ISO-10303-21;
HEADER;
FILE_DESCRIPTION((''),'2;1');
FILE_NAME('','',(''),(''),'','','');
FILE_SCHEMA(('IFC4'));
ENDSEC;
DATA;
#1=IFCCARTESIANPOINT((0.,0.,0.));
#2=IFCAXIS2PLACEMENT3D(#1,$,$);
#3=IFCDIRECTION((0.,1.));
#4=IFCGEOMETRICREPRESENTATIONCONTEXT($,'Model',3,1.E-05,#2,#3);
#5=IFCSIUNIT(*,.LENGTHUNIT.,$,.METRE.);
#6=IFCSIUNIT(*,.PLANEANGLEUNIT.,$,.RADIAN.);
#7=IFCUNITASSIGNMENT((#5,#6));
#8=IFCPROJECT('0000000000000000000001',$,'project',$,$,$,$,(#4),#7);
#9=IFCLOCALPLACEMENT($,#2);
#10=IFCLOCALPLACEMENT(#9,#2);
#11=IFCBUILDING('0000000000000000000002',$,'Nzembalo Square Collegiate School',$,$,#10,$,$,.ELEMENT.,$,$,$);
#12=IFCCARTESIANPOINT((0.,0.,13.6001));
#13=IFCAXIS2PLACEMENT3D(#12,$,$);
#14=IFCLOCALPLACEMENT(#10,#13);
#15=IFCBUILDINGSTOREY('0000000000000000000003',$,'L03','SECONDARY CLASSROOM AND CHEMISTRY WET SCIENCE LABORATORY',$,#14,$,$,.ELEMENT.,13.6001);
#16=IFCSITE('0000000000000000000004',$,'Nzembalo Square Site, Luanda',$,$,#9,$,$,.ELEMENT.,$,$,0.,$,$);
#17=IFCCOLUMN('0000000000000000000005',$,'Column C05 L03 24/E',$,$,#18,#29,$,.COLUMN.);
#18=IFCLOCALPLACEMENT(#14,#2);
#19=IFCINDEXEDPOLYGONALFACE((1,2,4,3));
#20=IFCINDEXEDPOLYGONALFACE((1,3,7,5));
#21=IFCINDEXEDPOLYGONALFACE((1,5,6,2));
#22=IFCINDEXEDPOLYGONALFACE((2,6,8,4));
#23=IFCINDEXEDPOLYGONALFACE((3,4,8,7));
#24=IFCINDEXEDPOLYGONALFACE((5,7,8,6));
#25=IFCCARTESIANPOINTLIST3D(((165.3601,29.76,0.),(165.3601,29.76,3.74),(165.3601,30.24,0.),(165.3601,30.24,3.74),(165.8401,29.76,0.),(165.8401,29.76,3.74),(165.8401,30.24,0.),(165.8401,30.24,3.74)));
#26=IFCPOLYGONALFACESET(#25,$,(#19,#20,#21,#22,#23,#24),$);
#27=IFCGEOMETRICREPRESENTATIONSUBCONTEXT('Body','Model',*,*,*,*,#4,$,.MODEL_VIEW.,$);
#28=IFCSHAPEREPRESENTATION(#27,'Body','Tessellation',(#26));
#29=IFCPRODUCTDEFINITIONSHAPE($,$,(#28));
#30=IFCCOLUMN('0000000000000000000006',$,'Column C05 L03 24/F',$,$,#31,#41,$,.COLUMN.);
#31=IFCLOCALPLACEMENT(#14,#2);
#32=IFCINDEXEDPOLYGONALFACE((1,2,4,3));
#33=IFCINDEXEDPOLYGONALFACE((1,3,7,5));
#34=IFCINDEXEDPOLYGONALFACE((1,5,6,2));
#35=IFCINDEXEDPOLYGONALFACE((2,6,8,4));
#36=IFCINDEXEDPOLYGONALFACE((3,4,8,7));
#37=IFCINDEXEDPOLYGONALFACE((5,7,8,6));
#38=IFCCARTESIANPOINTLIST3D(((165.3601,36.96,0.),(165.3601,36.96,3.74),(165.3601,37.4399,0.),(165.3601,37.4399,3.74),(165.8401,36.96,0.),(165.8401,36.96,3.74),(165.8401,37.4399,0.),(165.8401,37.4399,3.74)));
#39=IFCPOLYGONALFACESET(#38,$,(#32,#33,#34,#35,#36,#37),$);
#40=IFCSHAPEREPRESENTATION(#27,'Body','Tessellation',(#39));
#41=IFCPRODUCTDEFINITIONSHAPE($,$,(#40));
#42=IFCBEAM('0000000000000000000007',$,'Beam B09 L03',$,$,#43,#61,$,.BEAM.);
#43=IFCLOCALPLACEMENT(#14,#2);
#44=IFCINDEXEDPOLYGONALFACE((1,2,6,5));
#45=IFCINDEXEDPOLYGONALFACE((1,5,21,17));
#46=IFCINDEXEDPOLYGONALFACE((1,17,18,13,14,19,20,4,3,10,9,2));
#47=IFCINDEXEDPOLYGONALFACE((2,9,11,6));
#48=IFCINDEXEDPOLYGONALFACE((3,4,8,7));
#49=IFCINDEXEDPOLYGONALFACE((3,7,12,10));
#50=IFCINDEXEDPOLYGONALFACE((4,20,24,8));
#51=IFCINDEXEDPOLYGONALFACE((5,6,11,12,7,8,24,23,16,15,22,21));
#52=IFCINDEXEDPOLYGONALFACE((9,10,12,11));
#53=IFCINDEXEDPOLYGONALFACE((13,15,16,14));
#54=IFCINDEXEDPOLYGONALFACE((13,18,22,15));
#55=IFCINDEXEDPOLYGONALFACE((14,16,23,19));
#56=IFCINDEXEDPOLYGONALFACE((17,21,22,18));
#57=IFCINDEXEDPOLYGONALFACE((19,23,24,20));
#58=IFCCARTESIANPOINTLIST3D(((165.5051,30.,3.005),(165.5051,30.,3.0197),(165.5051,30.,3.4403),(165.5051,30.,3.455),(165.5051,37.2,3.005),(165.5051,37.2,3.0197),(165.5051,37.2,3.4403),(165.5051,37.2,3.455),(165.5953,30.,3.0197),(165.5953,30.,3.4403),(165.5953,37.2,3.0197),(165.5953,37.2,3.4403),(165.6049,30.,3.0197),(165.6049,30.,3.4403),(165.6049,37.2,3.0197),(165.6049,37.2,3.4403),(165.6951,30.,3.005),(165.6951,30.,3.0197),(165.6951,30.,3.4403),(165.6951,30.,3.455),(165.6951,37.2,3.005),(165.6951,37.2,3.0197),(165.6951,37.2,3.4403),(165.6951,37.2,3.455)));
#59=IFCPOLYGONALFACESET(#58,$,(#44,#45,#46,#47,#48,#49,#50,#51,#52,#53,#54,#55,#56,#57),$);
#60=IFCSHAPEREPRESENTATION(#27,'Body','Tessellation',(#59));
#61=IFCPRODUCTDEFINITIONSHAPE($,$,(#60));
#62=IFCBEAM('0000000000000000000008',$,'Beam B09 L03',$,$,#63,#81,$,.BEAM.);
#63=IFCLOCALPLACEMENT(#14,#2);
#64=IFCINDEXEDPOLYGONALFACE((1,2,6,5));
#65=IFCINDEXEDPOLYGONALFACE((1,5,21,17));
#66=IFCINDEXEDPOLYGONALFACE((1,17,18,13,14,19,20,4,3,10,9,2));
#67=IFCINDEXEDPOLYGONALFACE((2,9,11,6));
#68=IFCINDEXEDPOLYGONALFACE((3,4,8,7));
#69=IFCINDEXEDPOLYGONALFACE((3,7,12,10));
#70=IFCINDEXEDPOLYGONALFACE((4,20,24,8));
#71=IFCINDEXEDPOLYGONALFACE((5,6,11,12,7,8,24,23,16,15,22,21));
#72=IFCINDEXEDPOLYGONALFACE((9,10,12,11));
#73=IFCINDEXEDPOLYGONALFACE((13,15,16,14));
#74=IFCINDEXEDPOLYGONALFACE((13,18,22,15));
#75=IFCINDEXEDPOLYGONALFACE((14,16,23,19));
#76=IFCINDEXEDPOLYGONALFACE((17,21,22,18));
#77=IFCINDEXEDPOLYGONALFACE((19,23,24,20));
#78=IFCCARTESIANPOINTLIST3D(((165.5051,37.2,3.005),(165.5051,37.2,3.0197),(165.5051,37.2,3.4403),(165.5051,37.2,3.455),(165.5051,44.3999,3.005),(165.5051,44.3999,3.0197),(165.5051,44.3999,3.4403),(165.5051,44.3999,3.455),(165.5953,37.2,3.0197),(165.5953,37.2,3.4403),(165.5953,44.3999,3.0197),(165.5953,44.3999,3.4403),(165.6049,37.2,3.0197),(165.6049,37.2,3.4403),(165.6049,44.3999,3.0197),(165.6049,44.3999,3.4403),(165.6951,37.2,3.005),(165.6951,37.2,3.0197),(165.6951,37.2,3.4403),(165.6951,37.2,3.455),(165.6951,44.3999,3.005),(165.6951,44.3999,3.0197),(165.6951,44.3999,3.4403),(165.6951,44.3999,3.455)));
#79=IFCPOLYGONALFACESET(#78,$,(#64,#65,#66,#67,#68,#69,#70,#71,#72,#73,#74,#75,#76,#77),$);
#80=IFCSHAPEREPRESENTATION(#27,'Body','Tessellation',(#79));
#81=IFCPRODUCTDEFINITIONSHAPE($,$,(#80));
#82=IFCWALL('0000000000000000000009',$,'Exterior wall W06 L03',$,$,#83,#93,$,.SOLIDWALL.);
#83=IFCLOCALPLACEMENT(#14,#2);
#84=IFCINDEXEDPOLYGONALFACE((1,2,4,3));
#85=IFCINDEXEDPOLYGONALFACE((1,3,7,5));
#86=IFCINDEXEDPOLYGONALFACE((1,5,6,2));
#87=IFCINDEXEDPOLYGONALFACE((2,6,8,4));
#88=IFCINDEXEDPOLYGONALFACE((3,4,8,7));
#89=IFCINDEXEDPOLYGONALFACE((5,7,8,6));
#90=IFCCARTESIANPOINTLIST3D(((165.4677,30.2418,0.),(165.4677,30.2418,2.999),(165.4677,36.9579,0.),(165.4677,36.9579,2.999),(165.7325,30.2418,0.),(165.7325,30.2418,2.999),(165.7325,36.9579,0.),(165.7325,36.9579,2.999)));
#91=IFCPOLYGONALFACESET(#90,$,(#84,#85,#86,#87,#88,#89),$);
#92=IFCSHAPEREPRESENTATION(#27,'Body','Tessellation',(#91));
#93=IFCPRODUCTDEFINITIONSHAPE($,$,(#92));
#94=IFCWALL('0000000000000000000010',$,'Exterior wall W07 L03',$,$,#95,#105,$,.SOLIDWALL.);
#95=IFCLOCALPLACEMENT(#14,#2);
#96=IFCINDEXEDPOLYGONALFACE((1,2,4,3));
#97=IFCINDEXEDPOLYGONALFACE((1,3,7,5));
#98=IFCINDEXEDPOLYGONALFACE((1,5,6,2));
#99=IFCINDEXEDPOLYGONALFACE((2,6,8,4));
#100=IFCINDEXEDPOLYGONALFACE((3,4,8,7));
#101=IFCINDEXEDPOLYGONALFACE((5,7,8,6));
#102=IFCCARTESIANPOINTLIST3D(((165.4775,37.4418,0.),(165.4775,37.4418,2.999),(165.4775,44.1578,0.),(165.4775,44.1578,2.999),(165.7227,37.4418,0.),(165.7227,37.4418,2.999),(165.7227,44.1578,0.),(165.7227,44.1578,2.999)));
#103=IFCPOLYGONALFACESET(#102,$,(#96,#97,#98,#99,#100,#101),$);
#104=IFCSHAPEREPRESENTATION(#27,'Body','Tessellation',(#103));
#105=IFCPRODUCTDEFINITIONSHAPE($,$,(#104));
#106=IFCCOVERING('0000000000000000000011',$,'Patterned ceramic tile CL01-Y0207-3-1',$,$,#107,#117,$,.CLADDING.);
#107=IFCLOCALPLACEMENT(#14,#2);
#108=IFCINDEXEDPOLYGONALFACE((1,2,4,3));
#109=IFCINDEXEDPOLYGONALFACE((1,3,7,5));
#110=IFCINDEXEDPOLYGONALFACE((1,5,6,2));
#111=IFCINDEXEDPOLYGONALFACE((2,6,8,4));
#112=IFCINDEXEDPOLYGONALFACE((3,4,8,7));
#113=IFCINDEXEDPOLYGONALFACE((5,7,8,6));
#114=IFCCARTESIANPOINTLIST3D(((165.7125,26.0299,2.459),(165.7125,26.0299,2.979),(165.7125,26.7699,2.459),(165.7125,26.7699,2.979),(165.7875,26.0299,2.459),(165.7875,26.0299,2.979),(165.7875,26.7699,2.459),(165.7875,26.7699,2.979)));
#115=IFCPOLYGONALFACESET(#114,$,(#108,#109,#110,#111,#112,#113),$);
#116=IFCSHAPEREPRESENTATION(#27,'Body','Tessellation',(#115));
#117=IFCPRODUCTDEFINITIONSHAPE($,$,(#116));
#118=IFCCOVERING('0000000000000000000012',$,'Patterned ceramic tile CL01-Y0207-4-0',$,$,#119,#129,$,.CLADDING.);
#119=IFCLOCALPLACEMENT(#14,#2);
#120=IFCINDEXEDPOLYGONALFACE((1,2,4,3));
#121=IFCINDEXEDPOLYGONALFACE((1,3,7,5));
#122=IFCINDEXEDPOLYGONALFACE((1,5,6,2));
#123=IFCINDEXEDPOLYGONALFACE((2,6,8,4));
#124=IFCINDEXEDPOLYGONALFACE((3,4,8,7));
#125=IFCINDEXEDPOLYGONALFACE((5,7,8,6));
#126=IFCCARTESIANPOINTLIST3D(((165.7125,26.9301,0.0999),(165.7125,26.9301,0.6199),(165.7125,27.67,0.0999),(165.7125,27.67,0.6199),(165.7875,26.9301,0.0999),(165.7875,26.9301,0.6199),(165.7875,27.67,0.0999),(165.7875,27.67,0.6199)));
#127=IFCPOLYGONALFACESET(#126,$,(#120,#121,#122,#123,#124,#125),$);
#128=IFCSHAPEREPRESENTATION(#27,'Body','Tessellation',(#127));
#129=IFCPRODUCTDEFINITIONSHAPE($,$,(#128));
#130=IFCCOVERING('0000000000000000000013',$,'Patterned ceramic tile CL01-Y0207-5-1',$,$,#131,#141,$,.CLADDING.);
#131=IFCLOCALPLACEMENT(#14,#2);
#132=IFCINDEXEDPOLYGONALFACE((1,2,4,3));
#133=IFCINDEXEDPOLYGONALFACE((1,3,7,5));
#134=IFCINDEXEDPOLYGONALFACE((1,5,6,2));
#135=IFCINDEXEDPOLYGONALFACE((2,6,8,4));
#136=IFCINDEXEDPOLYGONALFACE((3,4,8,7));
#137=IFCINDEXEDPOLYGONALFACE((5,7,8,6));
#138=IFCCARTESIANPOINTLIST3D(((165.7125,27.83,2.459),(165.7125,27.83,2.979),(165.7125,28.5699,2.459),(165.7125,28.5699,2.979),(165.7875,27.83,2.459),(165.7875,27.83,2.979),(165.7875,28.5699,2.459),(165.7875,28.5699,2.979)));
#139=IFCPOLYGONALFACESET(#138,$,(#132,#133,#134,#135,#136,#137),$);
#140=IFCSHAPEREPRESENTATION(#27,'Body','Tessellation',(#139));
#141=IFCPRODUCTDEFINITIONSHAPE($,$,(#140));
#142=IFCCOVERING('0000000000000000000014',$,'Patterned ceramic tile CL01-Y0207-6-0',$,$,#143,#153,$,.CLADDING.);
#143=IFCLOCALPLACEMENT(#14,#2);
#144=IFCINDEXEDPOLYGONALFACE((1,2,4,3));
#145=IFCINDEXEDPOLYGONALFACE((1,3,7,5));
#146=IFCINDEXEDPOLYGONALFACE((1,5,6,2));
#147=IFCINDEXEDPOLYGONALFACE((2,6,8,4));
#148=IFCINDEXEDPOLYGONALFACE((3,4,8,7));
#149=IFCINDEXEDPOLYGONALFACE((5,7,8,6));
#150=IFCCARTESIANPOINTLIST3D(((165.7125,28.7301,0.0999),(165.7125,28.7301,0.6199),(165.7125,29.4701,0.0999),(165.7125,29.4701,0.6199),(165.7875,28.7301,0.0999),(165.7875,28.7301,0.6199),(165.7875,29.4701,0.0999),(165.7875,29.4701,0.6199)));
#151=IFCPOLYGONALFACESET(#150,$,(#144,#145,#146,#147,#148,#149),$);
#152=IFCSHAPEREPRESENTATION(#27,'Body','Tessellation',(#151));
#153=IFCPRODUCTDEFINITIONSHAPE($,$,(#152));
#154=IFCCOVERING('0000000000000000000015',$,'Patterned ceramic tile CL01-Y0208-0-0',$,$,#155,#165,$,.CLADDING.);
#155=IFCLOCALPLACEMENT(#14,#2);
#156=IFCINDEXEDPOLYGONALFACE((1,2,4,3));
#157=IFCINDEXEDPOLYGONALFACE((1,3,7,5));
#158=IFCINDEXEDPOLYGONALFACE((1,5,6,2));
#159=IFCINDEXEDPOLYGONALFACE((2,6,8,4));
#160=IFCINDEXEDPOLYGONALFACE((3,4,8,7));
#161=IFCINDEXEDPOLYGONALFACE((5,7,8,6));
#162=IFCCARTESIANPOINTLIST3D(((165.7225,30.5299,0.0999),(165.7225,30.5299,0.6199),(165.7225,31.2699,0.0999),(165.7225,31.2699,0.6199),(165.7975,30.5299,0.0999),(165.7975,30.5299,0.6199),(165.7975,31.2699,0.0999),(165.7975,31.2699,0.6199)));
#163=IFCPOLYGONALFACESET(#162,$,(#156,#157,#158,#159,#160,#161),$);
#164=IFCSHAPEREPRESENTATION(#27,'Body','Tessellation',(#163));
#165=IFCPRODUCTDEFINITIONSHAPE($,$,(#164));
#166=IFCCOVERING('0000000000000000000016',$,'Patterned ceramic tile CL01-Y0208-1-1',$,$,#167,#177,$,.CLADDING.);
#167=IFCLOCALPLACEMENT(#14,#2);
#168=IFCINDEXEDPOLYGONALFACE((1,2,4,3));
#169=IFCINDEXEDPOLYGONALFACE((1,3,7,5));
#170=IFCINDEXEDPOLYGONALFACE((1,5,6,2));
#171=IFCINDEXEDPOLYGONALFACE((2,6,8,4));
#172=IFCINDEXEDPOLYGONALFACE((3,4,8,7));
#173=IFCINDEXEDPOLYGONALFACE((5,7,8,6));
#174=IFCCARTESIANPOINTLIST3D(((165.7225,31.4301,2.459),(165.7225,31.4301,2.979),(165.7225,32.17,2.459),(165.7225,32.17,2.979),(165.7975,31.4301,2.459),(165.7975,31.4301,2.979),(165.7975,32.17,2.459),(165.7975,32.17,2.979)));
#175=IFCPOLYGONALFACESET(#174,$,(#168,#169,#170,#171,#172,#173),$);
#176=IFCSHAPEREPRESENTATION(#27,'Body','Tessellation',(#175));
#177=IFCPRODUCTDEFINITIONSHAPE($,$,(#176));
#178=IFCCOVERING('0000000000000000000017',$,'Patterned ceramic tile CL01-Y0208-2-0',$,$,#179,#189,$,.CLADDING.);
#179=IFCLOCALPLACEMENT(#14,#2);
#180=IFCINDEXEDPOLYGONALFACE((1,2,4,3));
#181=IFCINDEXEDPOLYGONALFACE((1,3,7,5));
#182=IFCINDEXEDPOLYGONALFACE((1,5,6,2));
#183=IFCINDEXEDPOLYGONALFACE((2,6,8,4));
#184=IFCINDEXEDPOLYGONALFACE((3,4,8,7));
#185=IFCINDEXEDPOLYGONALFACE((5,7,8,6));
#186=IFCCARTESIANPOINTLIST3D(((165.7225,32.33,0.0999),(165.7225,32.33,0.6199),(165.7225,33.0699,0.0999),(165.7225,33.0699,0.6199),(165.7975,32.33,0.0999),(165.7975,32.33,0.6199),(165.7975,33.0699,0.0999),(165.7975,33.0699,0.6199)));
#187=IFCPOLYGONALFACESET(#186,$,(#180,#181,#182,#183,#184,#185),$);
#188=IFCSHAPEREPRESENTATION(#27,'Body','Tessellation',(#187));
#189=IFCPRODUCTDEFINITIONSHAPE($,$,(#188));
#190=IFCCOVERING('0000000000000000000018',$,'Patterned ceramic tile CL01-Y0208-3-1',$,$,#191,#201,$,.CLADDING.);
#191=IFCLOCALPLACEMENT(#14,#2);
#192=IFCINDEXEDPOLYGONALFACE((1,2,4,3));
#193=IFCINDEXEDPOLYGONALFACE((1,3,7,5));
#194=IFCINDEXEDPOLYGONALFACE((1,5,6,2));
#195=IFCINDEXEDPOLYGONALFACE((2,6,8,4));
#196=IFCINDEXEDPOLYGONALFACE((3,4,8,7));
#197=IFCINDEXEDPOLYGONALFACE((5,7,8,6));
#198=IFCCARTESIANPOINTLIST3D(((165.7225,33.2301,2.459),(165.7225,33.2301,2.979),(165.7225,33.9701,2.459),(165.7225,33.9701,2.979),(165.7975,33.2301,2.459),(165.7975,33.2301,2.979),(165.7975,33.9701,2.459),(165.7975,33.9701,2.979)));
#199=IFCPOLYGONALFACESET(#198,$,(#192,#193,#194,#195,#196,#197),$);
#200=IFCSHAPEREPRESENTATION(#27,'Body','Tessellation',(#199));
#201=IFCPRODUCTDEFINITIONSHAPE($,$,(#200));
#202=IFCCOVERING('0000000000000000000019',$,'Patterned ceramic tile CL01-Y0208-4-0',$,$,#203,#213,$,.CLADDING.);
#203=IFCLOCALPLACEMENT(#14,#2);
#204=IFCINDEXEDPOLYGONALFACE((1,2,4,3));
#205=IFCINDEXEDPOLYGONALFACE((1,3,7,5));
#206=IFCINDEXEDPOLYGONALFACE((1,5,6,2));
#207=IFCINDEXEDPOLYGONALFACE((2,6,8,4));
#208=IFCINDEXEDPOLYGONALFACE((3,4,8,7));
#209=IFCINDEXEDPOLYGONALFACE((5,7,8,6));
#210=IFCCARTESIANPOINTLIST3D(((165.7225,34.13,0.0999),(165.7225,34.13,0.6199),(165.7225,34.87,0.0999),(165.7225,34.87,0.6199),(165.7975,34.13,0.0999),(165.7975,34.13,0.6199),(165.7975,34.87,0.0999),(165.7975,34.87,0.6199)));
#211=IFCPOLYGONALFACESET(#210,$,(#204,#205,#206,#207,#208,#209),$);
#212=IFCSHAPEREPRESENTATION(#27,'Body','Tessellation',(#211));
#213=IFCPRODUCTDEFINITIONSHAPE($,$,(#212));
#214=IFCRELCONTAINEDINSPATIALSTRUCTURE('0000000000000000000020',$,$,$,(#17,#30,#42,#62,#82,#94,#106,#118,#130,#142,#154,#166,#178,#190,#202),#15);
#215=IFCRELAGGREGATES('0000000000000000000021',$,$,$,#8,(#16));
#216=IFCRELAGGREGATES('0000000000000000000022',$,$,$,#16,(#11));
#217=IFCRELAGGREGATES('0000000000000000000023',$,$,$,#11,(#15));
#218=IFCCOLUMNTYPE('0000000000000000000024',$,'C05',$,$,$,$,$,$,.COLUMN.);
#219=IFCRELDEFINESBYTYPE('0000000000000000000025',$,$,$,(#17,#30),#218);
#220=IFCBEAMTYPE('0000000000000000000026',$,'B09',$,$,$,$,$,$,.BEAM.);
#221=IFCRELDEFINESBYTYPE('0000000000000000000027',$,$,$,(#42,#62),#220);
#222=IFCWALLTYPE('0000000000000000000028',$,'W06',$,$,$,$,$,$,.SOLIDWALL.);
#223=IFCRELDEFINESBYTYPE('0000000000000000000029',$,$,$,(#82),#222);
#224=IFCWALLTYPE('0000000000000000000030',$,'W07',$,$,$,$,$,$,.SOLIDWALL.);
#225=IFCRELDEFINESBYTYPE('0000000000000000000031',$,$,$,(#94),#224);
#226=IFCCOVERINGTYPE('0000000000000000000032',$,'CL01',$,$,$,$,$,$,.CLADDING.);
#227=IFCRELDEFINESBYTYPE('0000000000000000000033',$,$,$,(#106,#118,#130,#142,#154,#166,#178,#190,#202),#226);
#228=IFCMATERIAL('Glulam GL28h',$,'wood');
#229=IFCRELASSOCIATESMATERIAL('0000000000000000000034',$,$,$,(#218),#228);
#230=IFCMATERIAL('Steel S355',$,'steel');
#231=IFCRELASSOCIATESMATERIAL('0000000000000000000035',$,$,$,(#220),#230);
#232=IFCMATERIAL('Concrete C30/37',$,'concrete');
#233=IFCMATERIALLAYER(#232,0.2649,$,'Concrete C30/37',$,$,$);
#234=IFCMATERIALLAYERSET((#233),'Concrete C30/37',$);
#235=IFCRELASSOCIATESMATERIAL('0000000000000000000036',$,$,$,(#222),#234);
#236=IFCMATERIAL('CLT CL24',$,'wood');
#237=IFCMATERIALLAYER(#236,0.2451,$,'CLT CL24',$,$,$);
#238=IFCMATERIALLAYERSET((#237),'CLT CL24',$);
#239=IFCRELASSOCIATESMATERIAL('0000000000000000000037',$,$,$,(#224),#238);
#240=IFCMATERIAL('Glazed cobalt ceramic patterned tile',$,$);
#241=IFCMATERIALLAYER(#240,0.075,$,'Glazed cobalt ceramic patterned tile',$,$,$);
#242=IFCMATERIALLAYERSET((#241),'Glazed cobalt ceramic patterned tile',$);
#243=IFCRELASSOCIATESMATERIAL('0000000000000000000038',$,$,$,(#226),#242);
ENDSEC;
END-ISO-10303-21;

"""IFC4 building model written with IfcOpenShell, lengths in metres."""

from ifc_helpers import new_model, si_unit, direction, frame, frame_2d, origin, origin_2d, place, context, subcontext, project, spatial, rectangle, i_section, extrude, material, layer, layer_set, material_profile, profile_set, type_object, element, save


model = new_model("IFC4")

# Units and contexts
model_context = context("Model", 3, precision=1e-05, world=origin(), true_north=direction((0.0, 1.0)))
body_context = subcontext(model_context, "Body", "Model", "MODEL_VIEW")
ifc_project = project(units=[si_unit("LENGTHUNIT", "METRE"), si_unit("PLANEANGLEUNIT", "RADIAN")], contexts=[model_context])

# Site, building, storey
site_placement = place(None, origin())
site = spatial("IfcSite", under=ifc_project, at=site_placement, Name="Nzembalo Square Site, Luanda", CompositionType="ELEMENT", RefElevation=0.0)
building_placement = place(site_placement, origin())
building = spatial("IfcBuilding", under=site, at=building_placement, Name="Nzembalo Square Collegiate School", CompositionType="ELEMENT")
storey_placement = place(building_placement, frame((0.0, 0.0, 13.6001)))
storey = spatial("IfcBuildingStorey", under=building, at=storey_placement, Name="L03", Description="SECONDARY CLASSROOM AND CHEMISTRY WET SCIENCE LABORATORY", CompositionType="ELEMENT", Elevation=13.6001)

# Columns
ifc_material_1 = material(Name="Glulam GL28h", Category="wood")
ifc_material_profile_1 = material_profile(ifc_material_1, rectangle(XDim=0.48, YDim=0.48, at=origin_2d()), Name="GL28h 480x480")
ifc_profile_set_1 = profile_set([ifc_material_profile_1], Name="Glulam GL28h")
column_type = type_object("IfcColumnType", Name="C05", PredefinedType="COLUMN", material=ifc_profile_set_1)
for number, where, z_axis, x_axis, name in (
    (1, (165.6001, 30.0, 0.0), (0.0, 0.0, 1.0), (1.0, 0.0, 0.0), "Column C05 L03 24/E"),
    (2, (165.6001, 37.2, 0.0), (0.0, 0.0, 1.0), (1.0, 0.0, 0.0), "Column C05 L03 24/F"),
):
    element("IfcColumn", number, at=place(storey_placement, frame(where, z_axis=z_axis, x_axis=x_axis)), inside=storey, type_object=column_type, Name=name, PredefinedType="COLUMN", context=body_context, shape_type="SweptSolid", body=[
        extrude(rectangle(XDim=0.48, YDim=0.48, at=origin_2d()), origin(), (0.0, 0.0, 1.0), 3.74),
    ])

# Beams
ifc_material_2 = material(Name="Steel S355", Category="steel")
ifc_material_profile_2 = material_profile(ifc_material_2, i_section(OverallWidth=0.1899, OverallDepth=0.45, WebThickness=0.0095, FlangeThickness=0.0146, at=origin_2d()), Name="IPE 450")
ifc_profile_set_2 = profile_set([ifc_material_profile_2], Name="Steel S355")
beam_type = type_object("IfcBeamType", Name="B09", PredefinedType="BEAM", material=ifc_profile_set_2)
for number, where, z_axis, x_axis, name in (
    (3, (165.6001, 30.0, 3.23), (0.0, 1.0, 0.0), (-1.0, 0.0, 0.0), "Beam B09 L03"),
    (4, (165.6001, 37.2, 3.23), (0.0, 1.0, 0.0), (-1.0, 0.0, 0.0), "Beam B09 L03"),
):
    element("IfcBeam", number, at=place(storey_placement, frame(where, z_axis=z_axis, x_axis=x_axis)), inside=storey, type_object=beam_type, Name=name, PredefinedType="BEAM", context=body_context, shape_type="SweptSolid", body=[
        extrude(i_section(OverallWidth=0.1899, OverallDepth=0.45, WebThickness=0.0095, FlangeThickness=0.0146, at=origin_2d()), origin(), (0.0, 0.0, 1.0), 7.2),
    ])

# Walls
ifc_material_3 = material(Name="Concrete C30/37", Category="concrete")
ifc_layer_1 = layer(ifc_material_3, 0.2649, Name="Concrete C30/37")
ifc_layer_set_1 = layer_set([ifc_layer_1], Name="Concrete C30/37")
wall_type_1 = type_object("IfcWallType", Name="W06", PredefinedType="SOLIDWALL", material=ifc_layer_set_1)
wall_1_placement = place(storey_placement, frame((165.6001, 30.2419, 0.0), z_axis=(0.0, 0.0, 1.0), x_axis=(0.0, 1.0, 0.0)))
element("IfcWall", 5, at=wall_1_placement, inside=storey, type_object=wall_type_1, Name="Exterior wall W06 L03", PredefinedType="SOLIDWALL", context=body_context, shape_type="SweptSolid", body=[
    extrude(rectangle(XDim=6.7161, YDim=0.2649, at=frame_2d((3.3579, 0.0))), origin(), (0.0, 0.0, 1.0), 2.999),
])
ifc_material_4 = material(Name="CLT CL24", Category="wood")
ifc_layer_2 = layer(ifc_material_4, 0.2451, Name="CLT CL24")
ifc_layer_set_2 = layer_set([ifc_layer_2], Name="CLT CL24")
wall_type_2 = type_object("IfcWallType", Name="W07", PredefinedType="SOLIDWALL", material=ifc_layer_set_2)
wall_2_placement = place(storey_placement, frame((165.6001, 37.4419, 0.0), z_axis=(0.0, 0.0, 1.0), x_axis=(0.0, 1.0, 0.0)))
element("IfcWall", 6, at=wall_2_placement, inside=storey, type_object=wall_type_2, Name="Exterior wall W07 L03", PredefinedType="SOLIDWALL", context=body_context, shape_type="SweptSolid", body=[
    extrude(rectangle(XDim=6.7161, YDim=0.2451, at=frame_2d((3.3579, 0.0))), origin(), (0.0, 0.0, 1.0), 2.999),
])

# Coverings
ifc_material_5 = material(Name="Glazed cobalt ceramic patterned tile")
ifc_layer_3 = layer(ifc_material_5, 0.075, Name="Glazed cobalt ceramic patterned tile")
ifc_layer_set_3 = layer_set([ifc_layer_3], Name="Glazed cobalt ceramic patterned tile")
covering_type_1 = type_object("IfcCoveringType", Name="CL01", PredefinedType="CLADDING", material=ifc_layer_set_3)
for number, where, z_axis, x_axis, name in (
    (7, (165.75, 26.3999, 2.459), (0.0, 0.0, 1.0), (1.0, 0.0, 0.0), "Patterned ceramic tile CL01-Y0207-3-1"),
    (8, (165.75, 27.3, 0.0999), (0.0, 0.0, 1.0), (1.0, 0.0, 0.0), "Patterned ceramic tile CL01-Y0207-4-0"),
    (9, (165.75, 28.2, 2.459), (0.0, 0.0, 1.0), (1.0, 0.0, 0.0), "Patterned ceramic tile CL01-Y0207-5-1"),
    (10, (165.75, 29.1001, 0.0999), (0.0, 0.0, 1.0), (1.0, 0.0, 0.0), "Patterned ceramic tile CL01-Y0207-6-0"),
    (11, (165.76, 30.8999, 0.0999), (0.0, 0.0, 1.0), (1.0, 0.0, 0.0), "Patterned ceramic tile CL01-Y0208-0-0"),
    (12, (165.76, 31.8, 2.459), (0.0, 0.0, 1.0), (1.0, 0.0, 0.0), "Patterned ceramic tile CL01-Y0208-1-1"),
    (13, (165.76, 32.7, 0.0999), (0.0, 0.0, 1.0), (1.0, 0.0, 0.0), "Patterned ceramic tile CL01-Y0208-2-0"),
    (14, (165.76, 33.6001, 2.459), (0.0, 0.0, 1.0), (1.0, 0.0, 0.0), "Patterned ceramic tile CL01-Y0208-3-1"),
    (15, (165.76, 34.5, 0.0999), (0.0, 0.0, 1.0), (1.0, 0.0, 0.0), "Patterned ceramic tile CL01-Y0208-4-0"),
):
    element("IfcCovering", number, at=place(storey_placement, frame(where, z_axis=z_axis, x_axis=x_axis)), inside=storey, type_object=covering_type_1, Name=name, PredefinedType="CLADDING", context=body_context, shape_type="SweptSolid", body=[
        extrude(rectangle(XDim=0.075, YDim=0.74, at=origin_2d()), origin(), (0.0, 0.0, 1.0), 0.52),
    ])

save(model, "model.ifc")
